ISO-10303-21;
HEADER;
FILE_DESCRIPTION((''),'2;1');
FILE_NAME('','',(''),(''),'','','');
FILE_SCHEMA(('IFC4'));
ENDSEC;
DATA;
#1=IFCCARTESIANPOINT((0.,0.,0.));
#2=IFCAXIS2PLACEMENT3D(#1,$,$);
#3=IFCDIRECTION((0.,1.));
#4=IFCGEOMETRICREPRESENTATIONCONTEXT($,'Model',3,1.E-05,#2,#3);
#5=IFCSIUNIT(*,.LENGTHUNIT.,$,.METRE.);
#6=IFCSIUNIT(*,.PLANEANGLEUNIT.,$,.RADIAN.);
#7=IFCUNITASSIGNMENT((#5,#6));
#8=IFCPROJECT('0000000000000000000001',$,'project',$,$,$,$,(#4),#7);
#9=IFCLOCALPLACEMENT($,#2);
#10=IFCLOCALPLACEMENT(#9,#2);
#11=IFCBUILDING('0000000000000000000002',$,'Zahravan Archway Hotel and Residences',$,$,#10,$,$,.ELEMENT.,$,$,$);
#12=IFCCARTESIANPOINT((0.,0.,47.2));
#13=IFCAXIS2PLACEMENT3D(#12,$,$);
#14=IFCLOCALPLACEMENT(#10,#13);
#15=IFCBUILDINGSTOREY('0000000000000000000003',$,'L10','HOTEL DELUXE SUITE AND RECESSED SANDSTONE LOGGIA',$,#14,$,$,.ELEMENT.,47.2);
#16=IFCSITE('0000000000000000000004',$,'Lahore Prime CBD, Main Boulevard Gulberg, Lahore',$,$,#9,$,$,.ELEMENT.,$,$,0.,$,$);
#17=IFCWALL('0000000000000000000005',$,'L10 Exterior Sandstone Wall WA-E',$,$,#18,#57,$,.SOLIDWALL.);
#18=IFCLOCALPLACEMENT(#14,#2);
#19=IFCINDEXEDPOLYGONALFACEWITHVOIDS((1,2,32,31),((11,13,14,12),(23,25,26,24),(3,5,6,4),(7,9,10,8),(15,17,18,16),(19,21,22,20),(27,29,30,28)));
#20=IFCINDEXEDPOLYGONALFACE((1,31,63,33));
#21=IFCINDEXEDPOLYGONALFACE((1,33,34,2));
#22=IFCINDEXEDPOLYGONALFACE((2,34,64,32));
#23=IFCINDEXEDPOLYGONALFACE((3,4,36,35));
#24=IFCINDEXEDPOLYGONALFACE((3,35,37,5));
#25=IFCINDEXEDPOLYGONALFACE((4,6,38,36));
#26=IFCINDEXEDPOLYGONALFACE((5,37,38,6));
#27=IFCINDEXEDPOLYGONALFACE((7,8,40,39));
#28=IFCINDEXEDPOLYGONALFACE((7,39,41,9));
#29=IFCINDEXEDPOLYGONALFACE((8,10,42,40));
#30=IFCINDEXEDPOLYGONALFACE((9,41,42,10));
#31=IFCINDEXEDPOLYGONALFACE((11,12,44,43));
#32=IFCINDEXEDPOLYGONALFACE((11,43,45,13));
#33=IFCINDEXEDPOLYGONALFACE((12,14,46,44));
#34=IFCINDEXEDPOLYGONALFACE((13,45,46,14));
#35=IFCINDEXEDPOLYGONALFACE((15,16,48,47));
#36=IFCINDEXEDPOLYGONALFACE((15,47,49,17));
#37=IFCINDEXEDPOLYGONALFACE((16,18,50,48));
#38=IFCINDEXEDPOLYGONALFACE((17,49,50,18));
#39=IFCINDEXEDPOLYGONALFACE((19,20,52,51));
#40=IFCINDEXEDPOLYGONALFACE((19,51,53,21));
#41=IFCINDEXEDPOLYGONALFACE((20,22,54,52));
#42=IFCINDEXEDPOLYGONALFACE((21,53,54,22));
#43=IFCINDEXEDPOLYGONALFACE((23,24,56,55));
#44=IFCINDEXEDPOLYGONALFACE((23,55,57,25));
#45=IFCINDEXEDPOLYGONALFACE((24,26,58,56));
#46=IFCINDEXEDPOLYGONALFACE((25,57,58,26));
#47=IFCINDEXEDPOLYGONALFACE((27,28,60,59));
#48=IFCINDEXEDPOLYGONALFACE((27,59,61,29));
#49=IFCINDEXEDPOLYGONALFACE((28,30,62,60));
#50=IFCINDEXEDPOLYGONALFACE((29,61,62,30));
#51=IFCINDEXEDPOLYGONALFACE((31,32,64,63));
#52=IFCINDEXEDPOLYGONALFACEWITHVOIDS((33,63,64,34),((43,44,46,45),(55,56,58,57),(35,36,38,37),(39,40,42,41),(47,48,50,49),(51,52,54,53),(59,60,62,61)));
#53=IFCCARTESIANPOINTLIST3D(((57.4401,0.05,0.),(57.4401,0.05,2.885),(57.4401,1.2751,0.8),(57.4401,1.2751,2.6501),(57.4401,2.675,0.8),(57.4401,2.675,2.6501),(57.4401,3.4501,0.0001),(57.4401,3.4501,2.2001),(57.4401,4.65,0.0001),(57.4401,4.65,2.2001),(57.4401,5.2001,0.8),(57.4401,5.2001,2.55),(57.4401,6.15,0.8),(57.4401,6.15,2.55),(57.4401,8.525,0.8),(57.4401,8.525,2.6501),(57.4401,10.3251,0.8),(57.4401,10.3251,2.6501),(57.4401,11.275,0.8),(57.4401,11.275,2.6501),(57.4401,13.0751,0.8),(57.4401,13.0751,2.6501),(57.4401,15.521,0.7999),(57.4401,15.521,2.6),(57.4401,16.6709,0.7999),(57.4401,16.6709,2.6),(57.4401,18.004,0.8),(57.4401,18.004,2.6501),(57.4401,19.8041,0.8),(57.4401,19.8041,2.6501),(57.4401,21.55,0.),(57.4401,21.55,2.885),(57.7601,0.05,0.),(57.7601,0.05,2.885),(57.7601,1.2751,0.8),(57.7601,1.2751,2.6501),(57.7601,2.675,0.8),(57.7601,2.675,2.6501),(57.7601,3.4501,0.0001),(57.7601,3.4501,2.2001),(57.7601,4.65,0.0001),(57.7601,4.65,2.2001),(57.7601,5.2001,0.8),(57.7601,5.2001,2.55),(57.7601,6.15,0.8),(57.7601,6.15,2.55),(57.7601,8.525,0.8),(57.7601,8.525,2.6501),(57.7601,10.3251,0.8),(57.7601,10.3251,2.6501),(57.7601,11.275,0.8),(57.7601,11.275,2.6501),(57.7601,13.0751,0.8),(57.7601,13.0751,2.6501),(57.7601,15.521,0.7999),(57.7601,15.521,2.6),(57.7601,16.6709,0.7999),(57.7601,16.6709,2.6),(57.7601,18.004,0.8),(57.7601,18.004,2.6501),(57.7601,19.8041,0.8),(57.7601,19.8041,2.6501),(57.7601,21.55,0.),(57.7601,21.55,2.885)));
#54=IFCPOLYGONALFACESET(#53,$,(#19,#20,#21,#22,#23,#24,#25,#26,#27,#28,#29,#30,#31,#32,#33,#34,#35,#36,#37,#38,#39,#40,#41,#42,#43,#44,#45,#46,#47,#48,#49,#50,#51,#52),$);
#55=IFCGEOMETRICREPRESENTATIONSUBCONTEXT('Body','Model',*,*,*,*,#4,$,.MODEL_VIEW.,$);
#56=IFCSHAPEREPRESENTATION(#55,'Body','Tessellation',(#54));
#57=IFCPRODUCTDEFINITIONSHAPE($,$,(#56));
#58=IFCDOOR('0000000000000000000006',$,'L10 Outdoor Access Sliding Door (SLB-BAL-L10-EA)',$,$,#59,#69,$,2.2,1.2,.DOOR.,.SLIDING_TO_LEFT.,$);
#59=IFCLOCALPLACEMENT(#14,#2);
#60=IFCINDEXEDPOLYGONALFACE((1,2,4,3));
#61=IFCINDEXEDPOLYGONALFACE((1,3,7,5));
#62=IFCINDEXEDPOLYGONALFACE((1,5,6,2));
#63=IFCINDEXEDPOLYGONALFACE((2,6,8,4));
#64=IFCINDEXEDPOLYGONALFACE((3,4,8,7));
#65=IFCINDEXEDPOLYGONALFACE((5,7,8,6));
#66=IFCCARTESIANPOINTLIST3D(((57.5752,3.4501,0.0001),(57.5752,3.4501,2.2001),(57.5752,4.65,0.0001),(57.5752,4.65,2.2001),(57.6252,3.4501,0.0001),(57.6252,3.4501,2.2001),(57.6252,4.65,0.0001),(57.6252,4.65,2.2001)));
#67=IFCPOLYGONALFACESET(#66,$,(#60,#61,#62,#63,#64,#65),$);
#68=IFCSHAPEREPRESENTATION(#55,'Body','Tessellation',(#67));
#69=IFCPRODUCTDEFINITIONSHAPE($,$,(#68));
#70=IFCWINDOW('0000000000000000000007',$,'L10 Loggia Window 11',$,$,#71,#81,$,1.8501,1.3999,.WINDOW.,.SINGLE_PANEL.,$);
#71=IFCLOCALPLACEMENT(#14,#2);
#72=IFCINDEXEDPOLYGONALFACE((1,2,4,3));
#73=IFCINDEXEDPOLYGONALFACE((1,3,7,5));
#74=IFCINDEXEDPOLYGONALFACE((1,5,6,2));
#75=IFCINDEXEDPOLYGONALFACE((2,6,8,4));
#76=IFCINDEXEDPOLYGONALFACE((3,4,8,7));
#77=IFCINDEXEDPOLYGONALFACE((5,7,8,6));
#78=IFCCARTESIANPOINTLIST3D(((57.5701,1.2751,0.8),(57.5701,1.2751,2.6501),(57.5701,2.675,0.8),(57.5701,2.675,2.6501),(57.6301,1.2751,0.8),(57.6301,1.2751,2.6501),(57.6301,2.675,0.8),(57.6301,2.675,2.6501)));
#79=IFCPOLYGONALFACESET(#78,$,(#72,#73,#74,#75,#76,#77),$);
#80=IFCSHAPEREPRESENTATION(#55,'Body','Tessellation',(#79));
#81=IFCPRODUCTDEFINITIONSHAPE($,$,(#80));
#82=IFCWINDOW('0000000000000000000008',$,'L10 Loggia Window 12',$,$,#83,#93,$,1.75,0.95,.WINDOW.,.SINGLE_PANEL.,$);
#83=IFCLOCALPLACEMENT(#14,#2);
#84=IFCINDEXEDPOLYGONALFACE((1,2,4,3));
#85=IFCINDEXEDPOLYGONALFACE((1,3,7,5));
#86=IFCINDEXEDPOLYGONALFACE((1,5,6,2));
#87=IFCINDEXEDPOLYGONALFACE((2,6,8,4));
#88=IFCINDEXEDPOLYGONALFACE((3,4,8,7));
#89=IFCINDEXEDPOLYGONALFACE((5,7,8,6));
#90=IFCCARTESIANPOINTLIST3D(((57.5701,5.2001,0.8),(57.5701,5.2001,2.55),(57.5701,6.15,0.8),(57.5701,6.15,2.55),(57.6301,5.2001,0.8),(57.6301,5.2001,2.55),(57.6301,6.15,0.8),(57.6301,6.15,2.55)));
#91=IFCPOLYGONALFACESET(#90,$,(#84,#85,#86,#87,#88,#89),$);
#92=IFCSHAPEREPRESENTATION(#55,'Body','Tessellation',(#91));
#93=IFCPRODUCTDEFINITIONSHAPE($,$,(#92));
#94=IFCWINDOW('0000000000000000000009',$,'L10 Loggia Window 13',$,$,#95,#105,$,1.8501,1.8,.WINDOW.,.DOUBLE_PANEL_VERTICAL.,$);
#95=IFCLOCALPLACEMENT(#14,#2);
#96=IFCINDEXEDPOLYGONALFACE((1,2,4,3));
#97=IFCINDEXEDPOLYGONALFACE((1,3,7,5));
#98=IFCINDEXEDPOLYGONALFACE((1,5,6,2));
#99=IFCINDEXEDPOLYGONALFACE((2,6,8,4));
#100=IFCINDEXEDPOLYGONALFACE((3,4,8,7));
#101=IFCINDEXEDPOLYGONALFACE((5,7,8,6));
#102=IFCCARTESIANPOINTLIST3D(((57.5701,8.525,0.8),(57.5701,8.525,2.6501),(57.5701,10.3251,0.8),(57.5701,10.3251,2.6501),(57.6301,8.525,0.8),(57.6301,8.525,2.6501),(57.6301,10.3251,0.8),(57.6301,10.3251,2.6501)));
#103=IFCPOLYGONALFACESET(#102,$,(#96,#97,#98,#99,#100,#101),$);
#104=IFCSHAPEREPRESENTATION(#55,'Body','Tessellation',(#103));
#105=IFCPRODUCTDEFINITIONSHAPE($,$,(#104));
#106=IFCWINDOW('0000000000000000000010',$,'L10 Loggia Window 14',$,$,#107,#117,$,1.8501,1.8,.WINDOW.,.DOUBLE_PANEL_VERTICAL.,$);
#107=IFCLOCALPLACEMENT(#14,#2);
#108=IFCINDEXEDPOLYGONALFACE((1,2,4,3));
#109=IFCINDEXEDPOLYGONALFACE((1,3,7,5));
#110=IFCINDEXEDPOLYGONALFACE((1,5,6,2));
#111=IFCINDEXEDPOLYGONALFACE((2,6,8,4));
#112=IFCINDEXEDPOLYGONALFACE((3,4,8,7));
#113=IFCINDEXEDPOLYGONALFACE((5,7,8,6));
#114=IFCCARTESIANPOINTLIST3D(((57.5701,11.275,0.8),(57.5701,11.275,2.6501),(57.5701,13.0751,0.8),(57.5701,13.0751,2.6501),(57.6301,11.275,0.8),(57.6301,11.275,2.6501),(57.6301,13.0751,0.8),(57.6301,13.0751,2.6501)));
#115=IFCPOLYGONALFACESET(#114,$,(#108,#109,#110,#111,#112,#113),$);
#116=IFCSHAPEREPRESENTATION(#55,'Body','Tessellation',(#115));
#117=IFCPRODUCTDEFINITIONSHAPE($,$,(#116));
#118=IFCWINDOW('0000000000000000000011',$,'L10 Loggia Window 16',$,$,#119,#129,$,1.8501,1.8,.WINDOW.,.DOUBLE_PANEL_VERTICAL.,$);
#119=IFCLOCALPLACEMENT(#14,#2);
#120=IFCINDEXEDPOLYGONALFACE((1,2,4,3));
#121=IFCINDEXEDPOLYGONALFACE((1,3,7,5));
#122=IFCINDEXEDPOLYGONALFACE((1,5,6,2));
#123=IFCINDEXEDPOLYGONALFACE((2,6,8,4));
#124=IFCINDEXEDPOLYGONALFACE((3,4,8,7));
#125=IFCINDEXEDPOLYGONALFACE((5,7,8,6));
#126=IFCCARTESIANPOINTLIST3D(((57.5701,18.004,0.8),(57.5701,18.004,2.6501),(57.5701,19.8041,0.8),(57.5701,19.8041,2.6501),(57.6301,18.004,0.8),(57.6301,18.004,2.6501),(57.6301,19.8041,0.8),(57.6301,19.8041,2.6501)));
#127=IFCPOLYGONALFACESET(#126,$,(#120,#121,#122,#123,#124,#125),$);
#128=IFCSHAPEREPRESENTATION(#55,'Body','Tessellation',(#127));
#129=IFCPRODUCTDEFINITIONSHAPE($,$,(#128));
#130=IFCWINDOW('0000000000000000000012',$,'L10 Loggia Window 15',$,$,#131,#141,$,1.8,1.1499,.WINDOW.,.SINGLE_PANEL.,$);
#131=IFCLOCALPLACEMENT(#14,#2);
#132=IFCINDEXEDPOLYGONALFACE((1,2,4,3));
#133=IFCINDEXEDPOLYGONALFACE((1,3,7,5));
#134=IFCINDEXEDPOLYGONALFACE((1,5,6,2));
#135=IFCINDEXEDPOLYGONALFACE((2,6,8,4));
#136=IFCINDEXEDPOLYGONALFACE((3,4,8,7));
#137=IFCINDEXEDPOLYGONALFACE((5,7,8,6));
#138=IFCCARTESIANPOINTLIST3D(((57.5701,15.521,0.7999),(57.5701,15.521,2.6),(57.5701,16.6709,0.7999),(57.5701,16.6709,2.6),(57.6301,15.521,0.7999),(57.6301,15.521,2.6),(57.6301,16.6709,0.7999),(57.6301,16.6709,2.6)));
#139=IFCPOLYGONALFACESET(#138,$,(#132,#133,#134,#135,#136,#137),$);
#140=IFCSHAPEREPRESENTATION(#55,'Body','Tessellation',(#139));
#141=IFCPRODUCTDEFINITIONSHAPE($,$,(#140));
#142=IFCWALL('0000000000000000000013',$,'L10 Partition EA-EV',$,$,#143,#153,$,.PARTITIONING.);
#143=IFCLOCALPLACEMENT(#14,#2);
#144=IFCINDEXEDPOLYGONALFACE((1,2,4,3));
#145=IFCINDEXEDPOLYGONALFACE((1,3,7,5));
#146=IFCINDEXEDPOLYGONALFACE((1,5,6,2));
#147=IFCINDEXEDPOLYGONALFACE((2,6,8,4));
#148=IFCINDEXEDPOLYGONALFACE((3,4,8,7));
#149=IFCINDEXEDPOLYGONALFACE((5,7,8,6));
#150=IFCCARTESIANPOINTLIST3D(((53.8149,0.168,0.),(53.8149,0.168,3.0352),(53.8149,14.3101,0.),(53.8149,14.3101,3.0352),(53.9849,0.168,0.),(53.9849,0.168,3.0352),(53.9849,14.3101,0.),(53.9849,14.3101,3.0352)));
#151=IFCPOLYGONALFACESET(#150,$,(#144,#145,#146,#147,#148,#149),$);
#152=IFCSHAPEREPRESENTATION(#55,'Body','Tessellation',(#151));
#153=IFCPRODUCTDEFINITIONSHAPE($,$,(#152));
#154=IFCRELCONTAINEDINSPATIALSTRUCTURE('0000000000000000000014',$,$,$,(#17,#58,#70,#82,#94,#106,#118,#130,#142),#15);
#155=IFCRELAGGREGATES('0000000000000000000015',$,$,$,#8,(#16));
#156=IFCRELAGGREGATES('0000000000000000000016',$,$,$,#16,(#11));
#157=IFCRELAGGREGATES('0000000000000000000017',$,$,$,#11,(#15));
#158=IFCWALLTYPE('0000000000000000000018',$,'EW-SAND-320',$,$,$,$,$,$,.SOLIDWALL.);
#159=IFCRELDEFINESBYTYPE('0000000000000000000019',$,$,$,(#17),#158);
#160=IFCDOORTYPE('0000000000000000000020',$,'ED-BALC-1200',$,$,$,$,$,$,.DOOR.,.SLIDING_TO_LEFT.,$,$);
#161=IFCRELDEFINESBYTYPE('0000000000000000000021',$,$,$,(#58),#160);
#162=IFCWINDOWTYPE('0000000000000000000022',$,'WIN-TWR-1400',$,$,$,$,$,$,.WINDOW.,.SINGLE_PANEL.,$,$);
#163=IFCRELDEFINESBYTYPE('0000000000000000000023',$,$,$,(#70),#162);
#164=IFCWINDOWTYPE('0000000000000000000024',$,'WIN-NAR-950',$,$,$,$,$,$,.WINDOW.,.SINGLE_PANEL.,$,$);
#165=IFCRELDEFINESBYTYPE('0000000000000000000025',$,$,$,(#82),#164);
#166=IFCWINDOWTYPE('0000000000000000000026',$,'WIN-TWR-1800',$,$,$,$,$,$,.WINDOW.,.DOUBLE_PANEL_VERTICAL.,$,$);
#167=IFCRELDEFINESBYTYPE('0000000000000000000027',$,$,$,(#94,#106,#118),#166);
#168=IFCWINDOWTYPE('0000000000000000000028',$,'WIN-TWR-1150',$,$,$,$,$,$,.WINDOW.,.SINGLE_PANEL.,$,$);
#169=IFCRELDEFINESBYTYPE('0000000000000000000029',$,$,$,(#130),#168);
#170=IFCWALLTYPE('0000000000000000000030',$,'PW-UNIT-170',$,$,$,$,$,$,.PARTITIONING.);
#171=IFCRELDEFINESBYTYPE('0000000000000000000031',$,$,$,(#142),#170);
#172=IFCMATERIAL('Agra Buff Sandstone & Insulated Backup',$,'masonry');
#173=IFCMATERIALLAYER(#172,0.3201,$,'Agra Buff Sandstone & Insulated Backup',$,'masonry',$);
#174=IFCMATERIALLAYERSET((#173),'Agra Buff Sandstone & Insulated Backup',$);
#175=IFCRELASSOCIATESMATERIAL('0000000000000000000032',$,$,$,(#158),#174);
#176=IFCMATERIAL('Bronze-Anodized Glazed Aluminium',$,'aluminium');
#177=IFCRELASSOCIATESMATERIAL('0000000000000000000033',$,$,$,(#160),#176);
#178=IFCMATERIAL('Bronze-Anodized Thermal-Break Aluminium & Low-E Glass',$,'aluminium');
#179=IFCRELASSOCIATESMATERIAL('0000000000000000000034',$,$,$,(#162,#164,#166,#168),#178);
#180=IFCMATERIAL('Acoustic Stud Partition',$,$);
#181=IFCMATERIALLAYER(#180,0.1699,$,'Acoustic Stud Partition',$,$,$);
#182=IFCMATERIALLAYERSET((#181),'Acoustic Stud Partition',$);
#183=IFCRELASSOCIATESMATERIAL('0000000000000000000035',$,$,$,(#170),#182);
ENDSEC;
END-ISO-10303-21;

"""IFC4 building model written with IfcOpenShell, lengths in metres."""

from ifc_helpers import new_model, si_unit, direction, frame, frame_2d, origin, place, context, subcontext, project, spatial, rectangle, extrude, source, transform, mapped, material, layer, layer_set, type_object, type_shapes, element, fill, save


model = new_model("IFC4")

# Units and contexts
model_context = context("Model", 3, precision=1e-05, world=origin(), true_north=direction((0.0, 1.0)))
body_context = subcontext(model_context, "Body", "Model", "MODEL_VIEW")
ifc_project = project(units=[si_unit("LENGTHUNIT", "METRE"), si_unit("PLANEANGLEUNIT", "RADIAN")], contexts=[model_context])

# Site, building, storey
site_placement = place(None, origin())
site = spatial("IfcSite", under=ifc_project, at=site_placement, Name="Lahore Prime CBD, Main Boulevard Gulberg, Lahore", CompositionType="ELEMENT", RefElevation=0.0)
building_placement = place(site_placement, origin())
building = spatial("IfcBuilding", under=site, at=building_placement, Name="Zahravan Archway Hotel and Residences", CompositionType="ELEMENT")
storey_placement = place(building_placement, frame((0.0, 0.0, 47.2)))
storey = spatial("IfcBuildingStorey", under=building, at=storey_placement, Name="L10", Description="HOTEL DELUXE SUITE AND RECESSED SANDSTONE LOGGIA", CompositionType="ELEMENT", Elevation=47.2)

# Wall, openings, door, windows
ifc_material_1 = material(Name="Agra Buff Sandstone & Insulated Backup", Category="masonry")
ifc_layer_1 = layer(ifc_material_1, 0.3201, Name="Agra Buff Sandstone & Insulated Backup", Category="masonry")
ifc_layer_set_1 = layer_set([ifc_layer_1], Name="Agra Buff Sandstone & Insulated Backup")
wall_type_1 = type_object("IfcWallType", Name="EW-SAND-320", PredefinedType="SOLIDWALL", material=ifc_layer_set_1)
wall_1_placement = place(storey_placement, frame((57.6001, 0.05, 0.0), z_axis=(0.0, 0.0, 1.0), x_axis=(0.0, 1.0, 0.0)))
wall_1 = element("IfcWall", 1, at=wall_1_placement, inside=storey, type_object=wall_type_1, Name="L10 Exterior Sandstone Wall WA-E", PredefinedType="SOLIDWALL", context=body_context, shape_type="SweptSolid", body=[
    extrude(rectangle(XDim=21.5, YDim=0.3201, at=frame_2d((10.75, 0.0))), origin(), (0.0, 0.0, 1.0), 2.885),
])
opening_1_placement = place(wall_1_placement, frame((3.3999, 0.0, 0.0)))
opening_1 = element("IfcOpeningElement", 2, at=opening_1_placement, cuts=wall_1, PredefinedType="OPENING", context=body_context, shape_type="SweptSolid", body=[
    extrude(rectangle(XDim=1.2, YDim=2.2, at=frame_2d((0.6001, 1.1001))), frame((0.0, 0.1699, 0.0), z_axis=(0.0, -1.0, 0.0), x_axis=(1.0, 0.0, 0.0)), (0.0, 0.0, 1.0), 0.3401),
])
opening_2_placement = place(wall_1_placement, frame((1.2251, 0.0, 0.8)))
opening_2 = element("IfcOpeningElement", 3, at=opening_2_placement, cuts=wall_1, PredefinedType="OPENING", context=body_context, shape_type="SweptSolid", body=[
    extrude(rectangle(XDim=1.3999, YDim=1.8501, at=frame_2d((0.7, 0.925))), frame((0.0, 0.1699, 0.0), z_axis=(0.0, -1.0, 0.0), x_axis=(1.0, 0.0, 0.0)), (0.0, 0.0, 1.0), 0.3401),
])
opening_3_placement = place(wall_1_placement, frame((5.1499, 0.0, 0.8)))
opening_3 = element("IfcOpeningElement", 4, at=opening_3_placement, cuts=wall_1, PredefinedType="OPENING", context=body_context, shape_type="SweptSolid", body=[
    extrude(rectangle(XDim=0.95, YDim=1.75, at=frame_2d((0.4751, 0.875))), frame((0.0, 0.1699, 0.0), z_axis=(0.0, -1.0, 0.0), x_axis=(1.0, 0.0, 0.0)), (0.0, 0.0, 1.0), 0.3401),
])
opening_4_placement = place(wall_1_placement, frame((8.4751, 0.0, 0.8)))
opening_4 = element("IfcOpeningElement", 5, at=opening_4_placement, cuts=wall_1, PredefinedType="OPENING", context=body_context, shape_type="SweptSolid", body=[
    extrude(rectangle(XDim=1.8, YDim=1.8501, at=frame_2d((0.8999, 0.925))), frame((0.0, 0.1699, 0.0), z_axis=(0.0, -1.0, 0.0), x_axis=(1.0, 0.0, 0.0)), (0.0, 0.0, 1.0), 0.3401),
])
opening_5_placement = place(wall_1_placement, frame((11.2251, 0.0, 0.8)))
opening_5 = element("IfcOpeningElement", 6, at=opening_5_placement, cuts=wall_1, PredefinedType="OPENING", context=body_context, shape_type="SweptSolid", body=[
    extrude(rectangle(XDim=1.8, YDim=1.8501, at=frame_2d((0.8999, 0.925))), frame((0.0, 0.1699, 0.0), z_axis=(0.0, -1.0, 0.0), x_axis=(1.0, 0.0, 0.0)), (0.0, 0.0, 1.0), 0.3401),
])
opening_6_placement = place(wall_1_placement, frame((15.4709, 0.0, 0.8)))
opening_6 = element("IfcOpeningElement", 7, at=opening_6_placement, cuts=wall_1, PredefinedType="OPENING", context=body_context, shape_type="SweptSolid", body=[
    extrude(rectangle(XDim=1.1499, YDim=1.8, at=frame_2d((0.575, 0.8999))), frame((0.0, 0.1699, 0.0), z_axis=(0.0, -1.0, 0.0), x_axis=(1.0, 0.0, 0.0)), (0.0, 0.0, 1.0), 0.3401),
])
opening_7_placement = place(wall_1_placement, frame((17.9541, 0.0, 0.8)))
opening_7 = element("IfcOpeningElement", 8, at=opening_7_placement, cuts=wall_1, PredefinedType="OPENING", context=body_context, shape_type="SweptSolid", body=[
    extrude(rectangle(XDim=1.8, YDim=1.8501, at=frame_2d((0.8999, 0.925))), frame((0.0, 0.1699, 0.0), z_axis=(0.0, -1.0, 0.0), x_axis=(1.0, 0.0, 0.0)), (0.0, 0.0, 1.0), 0.3401),
])
ifc_material_2 = material(Name="Bronze-Anodized Glazed Aluminium", Category="aluminium")
door_type = type_object("IfcDoorType", Name="ED-BALC-1200", OperationType="SLIDING_TO_LEFT", PredefinedType="DOOR", material=ifc_material_2)
shared_shape_1 = source(origin(), body_context, "Body", "SweptSolid", [
    extrude(rectangle(XDim=1.2, YDim=2.2, at=frame_2d((0.6001, 1.1001))), frame((0.0, 0.0249, 0.0), z_axis=(0.0, -1.0, 0.0), x_axis=(1.0, 0.0, 0.0)), (0.0, 0.0, 1.0), 0.05),
])
type_shapes(door_type, [shared_shape_1])
door_placement = place(opening_1_placement, origin())
door = element("IfcDoor", 9, at=door_placement, inside=storey, type_object=door_type, Name="L10 Outdoor Access Sliding Door (SLB-BAL-L10-EA)", OperationType="SLIDING_TO_LEFT", OverallHeight=2.2, OverallWidth=1.2, PredefinedType="DOOR", context=body_context, shape_type="MappedRepresentation", body=[
    mapped(shared_shape_1, transform((0.0, 0.0, 0.0), scale=1.0)),
])
fill(opening_1, door)
ifc_material_3 = material(Name="Bronze-Anodized Thermal-Break Aluminium & Low-E Glass", Category="aluminium")
window_type_1 = type_object("IfcWindowType", Name="WIN-TWR-1400", PartitioningType="SINGLE_PANEL", PredefinedType="WINDOW", material=ifc_material_3)
shared_shape_2 = source(origin(), body_context, "Body", "SweptSolid", [
    extrude(rectangle(XDim=1.3999, YDim=1.8501, at=frame_2d((0.7, 0.925))), frame((0.0, 0.03, 0.0), z_axis=(0.0, -1.0, 0.0), x_axis=(1.0, 0.0, 0.0)), (0.0, 0.0, 1.0), 0.0601),
])
type_shapes(window_type_1, [shared_shape_2])
window_1_placement = place(opening_2_placement, origin())
window_1 = element("IfcWindow", 10, at=window_1_placement, inside=storey, type_object=window_type_1, Name="L10 Loggia Window 11", OverallHeight=1.8501, OverallWidth=1.3999, PartitioningType="SINGLE_PANEL", PredefinedType="WINDOW", context=body_context, shape_type="MappedRepresentation", body=[
    mapped(shared_shape_2, transform((0.0, 0.0, 0.0), scale=1.0)),
])
fill(opening_2, window_1)
window_type_2 = type_object("IfcWindowType", Name="WIN-NAR-950", PartitioningType="SINGLE_PANEL", PredefinedType="WINDOW", material=ifc_material_3)
shared_shape_3 = source(origin(), body_context, "Body", "SweptSolid", [
    extrude(rectangle(XDim=0.95, YDim=1.75, at=frame_2d((0.4751, 0.875))), frame((0.0, 0.03, 0.0), z_axis=(0.0, -1.0, 0.0), x_axis=(1.0, 0.0, 0.0)), (0.0, 0.0, 1.0), 0.0601),
])
type_shapes(window_type_2, [shared_shape_3])
window_2_placement = place(opening_3_placement, origin())
window_2 = element("IfcWindow", 11, at=window_2_placement, inside=storey, type_object=window_type_2, Name="L10 Loggia Window 12", OverallHeight=1.75, OverallWidth=0.95, PartitioningType="SINGLE_PANEL", PredefinedType="WINDOW", context=body_context, shape_type="MappedRepresentation", body=[
    mapped(shared_shape_3, transform((0.0, 0.0, 0.0), scale=1.0)),
])
fill(opening_3, window_2)
window_type_3 = type_object("IfcWindowType", Name="WIN-TWR-1800", PartitioningType="DOUBLE_PANEL_VERTICAL", PredefinedType="WINDOW", material=ifc_material_3)
shared_shape_4 = source(origin(), body_context, "Body", "SweptSolid", [
    extrude(rectangle(XDim=1.8, YDim=1.8501, at=frame_2d((0.8999, 0.925))), frame((0.0, 0.03, 0.0), z_axis=(0.0, -1.0, 0.0), x_axis=(1.0, 0.0, 0.0)), (0.0, 0.0, 1.0), 0.0601),
])
type_shapes(window_type_3, [shared_shape_4])
window_3_placement = place(opening_4_placement, origin())
window_3 = element("IfcWindow", 12, at=window_3_placement, inside=storey, type_object=window_type_3, Name="L10 Loggia Window 13", OverallHeight=1.8501, OverallWidth=1.8, PartitioningType="DOUBLE_PANEL_VERTICAL", PredefinedType="WINDOW", context=body_context, shape_type="MappedRepresentation", body=[
    mapped(shared_shape_4, transform((0.0, 0.0, 0.0), scale=1.0)),
])
fill(opening_4, window_3)
window_4_placement = place(opening_5_placement, origin())
window_4 = element("IfcWindow", 13, at=window_4_placement, inside=storey, type_object=window_type_3, Name="L10 Loggia Window 14", OverallHeight=1.8501, OverallWidth=1.8, PartitioningType="DOUBLE_PANEL_VERTICAL", PredefinedType="WINDOW", context=body_context, shape_type="MappedRepresentation", body=[
    mapped(shared_shape_4, transform((0.0, 0.0, 0.0), scale=1.0)),
])
fill(opening_5, window_4)
window_5_placement = place(opening_7_placement, origin())
window_5 = element("IfcWindow", 14, at=window_5_placement, inside=storey, type_object=window_type_3, Name="L10 Loggia Window 16", OverallHeight=1.8501, OverallWidth=1.8, PartitioningType="DOUBLE_PANEL_VERTICAL", PredefinedType="WINDOW", context=body_context, shape_type="MappedRepresentation", body=[
    mapped(shared_shape_4, transform((0.0, 0.0, 0.0), scale=1.0)),
])
fill(opening_7, window_5)
window_type_4 = type_object("IfcWindowType", Name="WIN-TWR-1150", PartitioningType="SINGLE_PANEL", PredefinedType="WINDOW", material=ifc_material_3)
shared_shape_5 = source(origin(), body_context, "Body", "SweptSolid", [
    extrude(rectangle(XDim=1.1499, YDim=1.8, at=frame_2d((0.575, 0.8999))), frame((0.0, 0.03, 0.0), z_axis=(0.0, -1.0, 0.0), x_axis=(1.0, 0.0, 0.0)), (0.0, 0.0, 1.0), 0.0601),
])
type_shapes(window_type_4, [shared_shape_5])
window_6_placement = place(opening_6_placement, origin())
window_6 = element("IfcWindow", 15, at=window_6_placement, inside=storey, type_object=window_type_4, Name="L10 Loggia Window 15", OverallHeight=1.8, OverallWidth=1.1499, PartitioningType="SINGLE_PANEL", PredefinedType="WINDOW", context=body_context, shape_type="MappedRepresentation", body=[
    mapped(shared_shape_5, transform((0.0, 0.0, 0.0), scale=1.0)),
])
fill(opening_6, window_6)

# Wall
ifc_material_4 = material(Name="Acoustic Stud Partition")
ifc_layer_2 = layer(ifc_material_4, 0.1699, Name="Acoustic Stud Partition")
ifc_layer_set_2 = layer_set([ifc_layer_2], Name="Acoustic Stud Partition")
wall_type_2 = type_object("IfcWallType", Name="PW-UNIT-170", PredefinedType="PARTITIONING", material=ifc_layer_set_2)
wall_2_placement = place(storey_placement, frame((53.8999, 0.168, 0.0), z_axis=(0.0, 0.0, 1.0), x_axis=(0.0, 1.0, 0.0)))
element("IfcWall", 16, at=wall_2_placement, inside=storey, type_object=wall_type_2, Name="L10 Partition EA-EV", PredefinedType="PARTITIONING", context=body_context, shape_type="SweptSolid", body=[
    extrude(rectangle(XDim=14.1421, YDim=0.1699, at=frame_2d((7.071, 0.0))), origin(), (0.0, 0.0, 1.0), 3.0352),
])

save(model, "model.ifc")
